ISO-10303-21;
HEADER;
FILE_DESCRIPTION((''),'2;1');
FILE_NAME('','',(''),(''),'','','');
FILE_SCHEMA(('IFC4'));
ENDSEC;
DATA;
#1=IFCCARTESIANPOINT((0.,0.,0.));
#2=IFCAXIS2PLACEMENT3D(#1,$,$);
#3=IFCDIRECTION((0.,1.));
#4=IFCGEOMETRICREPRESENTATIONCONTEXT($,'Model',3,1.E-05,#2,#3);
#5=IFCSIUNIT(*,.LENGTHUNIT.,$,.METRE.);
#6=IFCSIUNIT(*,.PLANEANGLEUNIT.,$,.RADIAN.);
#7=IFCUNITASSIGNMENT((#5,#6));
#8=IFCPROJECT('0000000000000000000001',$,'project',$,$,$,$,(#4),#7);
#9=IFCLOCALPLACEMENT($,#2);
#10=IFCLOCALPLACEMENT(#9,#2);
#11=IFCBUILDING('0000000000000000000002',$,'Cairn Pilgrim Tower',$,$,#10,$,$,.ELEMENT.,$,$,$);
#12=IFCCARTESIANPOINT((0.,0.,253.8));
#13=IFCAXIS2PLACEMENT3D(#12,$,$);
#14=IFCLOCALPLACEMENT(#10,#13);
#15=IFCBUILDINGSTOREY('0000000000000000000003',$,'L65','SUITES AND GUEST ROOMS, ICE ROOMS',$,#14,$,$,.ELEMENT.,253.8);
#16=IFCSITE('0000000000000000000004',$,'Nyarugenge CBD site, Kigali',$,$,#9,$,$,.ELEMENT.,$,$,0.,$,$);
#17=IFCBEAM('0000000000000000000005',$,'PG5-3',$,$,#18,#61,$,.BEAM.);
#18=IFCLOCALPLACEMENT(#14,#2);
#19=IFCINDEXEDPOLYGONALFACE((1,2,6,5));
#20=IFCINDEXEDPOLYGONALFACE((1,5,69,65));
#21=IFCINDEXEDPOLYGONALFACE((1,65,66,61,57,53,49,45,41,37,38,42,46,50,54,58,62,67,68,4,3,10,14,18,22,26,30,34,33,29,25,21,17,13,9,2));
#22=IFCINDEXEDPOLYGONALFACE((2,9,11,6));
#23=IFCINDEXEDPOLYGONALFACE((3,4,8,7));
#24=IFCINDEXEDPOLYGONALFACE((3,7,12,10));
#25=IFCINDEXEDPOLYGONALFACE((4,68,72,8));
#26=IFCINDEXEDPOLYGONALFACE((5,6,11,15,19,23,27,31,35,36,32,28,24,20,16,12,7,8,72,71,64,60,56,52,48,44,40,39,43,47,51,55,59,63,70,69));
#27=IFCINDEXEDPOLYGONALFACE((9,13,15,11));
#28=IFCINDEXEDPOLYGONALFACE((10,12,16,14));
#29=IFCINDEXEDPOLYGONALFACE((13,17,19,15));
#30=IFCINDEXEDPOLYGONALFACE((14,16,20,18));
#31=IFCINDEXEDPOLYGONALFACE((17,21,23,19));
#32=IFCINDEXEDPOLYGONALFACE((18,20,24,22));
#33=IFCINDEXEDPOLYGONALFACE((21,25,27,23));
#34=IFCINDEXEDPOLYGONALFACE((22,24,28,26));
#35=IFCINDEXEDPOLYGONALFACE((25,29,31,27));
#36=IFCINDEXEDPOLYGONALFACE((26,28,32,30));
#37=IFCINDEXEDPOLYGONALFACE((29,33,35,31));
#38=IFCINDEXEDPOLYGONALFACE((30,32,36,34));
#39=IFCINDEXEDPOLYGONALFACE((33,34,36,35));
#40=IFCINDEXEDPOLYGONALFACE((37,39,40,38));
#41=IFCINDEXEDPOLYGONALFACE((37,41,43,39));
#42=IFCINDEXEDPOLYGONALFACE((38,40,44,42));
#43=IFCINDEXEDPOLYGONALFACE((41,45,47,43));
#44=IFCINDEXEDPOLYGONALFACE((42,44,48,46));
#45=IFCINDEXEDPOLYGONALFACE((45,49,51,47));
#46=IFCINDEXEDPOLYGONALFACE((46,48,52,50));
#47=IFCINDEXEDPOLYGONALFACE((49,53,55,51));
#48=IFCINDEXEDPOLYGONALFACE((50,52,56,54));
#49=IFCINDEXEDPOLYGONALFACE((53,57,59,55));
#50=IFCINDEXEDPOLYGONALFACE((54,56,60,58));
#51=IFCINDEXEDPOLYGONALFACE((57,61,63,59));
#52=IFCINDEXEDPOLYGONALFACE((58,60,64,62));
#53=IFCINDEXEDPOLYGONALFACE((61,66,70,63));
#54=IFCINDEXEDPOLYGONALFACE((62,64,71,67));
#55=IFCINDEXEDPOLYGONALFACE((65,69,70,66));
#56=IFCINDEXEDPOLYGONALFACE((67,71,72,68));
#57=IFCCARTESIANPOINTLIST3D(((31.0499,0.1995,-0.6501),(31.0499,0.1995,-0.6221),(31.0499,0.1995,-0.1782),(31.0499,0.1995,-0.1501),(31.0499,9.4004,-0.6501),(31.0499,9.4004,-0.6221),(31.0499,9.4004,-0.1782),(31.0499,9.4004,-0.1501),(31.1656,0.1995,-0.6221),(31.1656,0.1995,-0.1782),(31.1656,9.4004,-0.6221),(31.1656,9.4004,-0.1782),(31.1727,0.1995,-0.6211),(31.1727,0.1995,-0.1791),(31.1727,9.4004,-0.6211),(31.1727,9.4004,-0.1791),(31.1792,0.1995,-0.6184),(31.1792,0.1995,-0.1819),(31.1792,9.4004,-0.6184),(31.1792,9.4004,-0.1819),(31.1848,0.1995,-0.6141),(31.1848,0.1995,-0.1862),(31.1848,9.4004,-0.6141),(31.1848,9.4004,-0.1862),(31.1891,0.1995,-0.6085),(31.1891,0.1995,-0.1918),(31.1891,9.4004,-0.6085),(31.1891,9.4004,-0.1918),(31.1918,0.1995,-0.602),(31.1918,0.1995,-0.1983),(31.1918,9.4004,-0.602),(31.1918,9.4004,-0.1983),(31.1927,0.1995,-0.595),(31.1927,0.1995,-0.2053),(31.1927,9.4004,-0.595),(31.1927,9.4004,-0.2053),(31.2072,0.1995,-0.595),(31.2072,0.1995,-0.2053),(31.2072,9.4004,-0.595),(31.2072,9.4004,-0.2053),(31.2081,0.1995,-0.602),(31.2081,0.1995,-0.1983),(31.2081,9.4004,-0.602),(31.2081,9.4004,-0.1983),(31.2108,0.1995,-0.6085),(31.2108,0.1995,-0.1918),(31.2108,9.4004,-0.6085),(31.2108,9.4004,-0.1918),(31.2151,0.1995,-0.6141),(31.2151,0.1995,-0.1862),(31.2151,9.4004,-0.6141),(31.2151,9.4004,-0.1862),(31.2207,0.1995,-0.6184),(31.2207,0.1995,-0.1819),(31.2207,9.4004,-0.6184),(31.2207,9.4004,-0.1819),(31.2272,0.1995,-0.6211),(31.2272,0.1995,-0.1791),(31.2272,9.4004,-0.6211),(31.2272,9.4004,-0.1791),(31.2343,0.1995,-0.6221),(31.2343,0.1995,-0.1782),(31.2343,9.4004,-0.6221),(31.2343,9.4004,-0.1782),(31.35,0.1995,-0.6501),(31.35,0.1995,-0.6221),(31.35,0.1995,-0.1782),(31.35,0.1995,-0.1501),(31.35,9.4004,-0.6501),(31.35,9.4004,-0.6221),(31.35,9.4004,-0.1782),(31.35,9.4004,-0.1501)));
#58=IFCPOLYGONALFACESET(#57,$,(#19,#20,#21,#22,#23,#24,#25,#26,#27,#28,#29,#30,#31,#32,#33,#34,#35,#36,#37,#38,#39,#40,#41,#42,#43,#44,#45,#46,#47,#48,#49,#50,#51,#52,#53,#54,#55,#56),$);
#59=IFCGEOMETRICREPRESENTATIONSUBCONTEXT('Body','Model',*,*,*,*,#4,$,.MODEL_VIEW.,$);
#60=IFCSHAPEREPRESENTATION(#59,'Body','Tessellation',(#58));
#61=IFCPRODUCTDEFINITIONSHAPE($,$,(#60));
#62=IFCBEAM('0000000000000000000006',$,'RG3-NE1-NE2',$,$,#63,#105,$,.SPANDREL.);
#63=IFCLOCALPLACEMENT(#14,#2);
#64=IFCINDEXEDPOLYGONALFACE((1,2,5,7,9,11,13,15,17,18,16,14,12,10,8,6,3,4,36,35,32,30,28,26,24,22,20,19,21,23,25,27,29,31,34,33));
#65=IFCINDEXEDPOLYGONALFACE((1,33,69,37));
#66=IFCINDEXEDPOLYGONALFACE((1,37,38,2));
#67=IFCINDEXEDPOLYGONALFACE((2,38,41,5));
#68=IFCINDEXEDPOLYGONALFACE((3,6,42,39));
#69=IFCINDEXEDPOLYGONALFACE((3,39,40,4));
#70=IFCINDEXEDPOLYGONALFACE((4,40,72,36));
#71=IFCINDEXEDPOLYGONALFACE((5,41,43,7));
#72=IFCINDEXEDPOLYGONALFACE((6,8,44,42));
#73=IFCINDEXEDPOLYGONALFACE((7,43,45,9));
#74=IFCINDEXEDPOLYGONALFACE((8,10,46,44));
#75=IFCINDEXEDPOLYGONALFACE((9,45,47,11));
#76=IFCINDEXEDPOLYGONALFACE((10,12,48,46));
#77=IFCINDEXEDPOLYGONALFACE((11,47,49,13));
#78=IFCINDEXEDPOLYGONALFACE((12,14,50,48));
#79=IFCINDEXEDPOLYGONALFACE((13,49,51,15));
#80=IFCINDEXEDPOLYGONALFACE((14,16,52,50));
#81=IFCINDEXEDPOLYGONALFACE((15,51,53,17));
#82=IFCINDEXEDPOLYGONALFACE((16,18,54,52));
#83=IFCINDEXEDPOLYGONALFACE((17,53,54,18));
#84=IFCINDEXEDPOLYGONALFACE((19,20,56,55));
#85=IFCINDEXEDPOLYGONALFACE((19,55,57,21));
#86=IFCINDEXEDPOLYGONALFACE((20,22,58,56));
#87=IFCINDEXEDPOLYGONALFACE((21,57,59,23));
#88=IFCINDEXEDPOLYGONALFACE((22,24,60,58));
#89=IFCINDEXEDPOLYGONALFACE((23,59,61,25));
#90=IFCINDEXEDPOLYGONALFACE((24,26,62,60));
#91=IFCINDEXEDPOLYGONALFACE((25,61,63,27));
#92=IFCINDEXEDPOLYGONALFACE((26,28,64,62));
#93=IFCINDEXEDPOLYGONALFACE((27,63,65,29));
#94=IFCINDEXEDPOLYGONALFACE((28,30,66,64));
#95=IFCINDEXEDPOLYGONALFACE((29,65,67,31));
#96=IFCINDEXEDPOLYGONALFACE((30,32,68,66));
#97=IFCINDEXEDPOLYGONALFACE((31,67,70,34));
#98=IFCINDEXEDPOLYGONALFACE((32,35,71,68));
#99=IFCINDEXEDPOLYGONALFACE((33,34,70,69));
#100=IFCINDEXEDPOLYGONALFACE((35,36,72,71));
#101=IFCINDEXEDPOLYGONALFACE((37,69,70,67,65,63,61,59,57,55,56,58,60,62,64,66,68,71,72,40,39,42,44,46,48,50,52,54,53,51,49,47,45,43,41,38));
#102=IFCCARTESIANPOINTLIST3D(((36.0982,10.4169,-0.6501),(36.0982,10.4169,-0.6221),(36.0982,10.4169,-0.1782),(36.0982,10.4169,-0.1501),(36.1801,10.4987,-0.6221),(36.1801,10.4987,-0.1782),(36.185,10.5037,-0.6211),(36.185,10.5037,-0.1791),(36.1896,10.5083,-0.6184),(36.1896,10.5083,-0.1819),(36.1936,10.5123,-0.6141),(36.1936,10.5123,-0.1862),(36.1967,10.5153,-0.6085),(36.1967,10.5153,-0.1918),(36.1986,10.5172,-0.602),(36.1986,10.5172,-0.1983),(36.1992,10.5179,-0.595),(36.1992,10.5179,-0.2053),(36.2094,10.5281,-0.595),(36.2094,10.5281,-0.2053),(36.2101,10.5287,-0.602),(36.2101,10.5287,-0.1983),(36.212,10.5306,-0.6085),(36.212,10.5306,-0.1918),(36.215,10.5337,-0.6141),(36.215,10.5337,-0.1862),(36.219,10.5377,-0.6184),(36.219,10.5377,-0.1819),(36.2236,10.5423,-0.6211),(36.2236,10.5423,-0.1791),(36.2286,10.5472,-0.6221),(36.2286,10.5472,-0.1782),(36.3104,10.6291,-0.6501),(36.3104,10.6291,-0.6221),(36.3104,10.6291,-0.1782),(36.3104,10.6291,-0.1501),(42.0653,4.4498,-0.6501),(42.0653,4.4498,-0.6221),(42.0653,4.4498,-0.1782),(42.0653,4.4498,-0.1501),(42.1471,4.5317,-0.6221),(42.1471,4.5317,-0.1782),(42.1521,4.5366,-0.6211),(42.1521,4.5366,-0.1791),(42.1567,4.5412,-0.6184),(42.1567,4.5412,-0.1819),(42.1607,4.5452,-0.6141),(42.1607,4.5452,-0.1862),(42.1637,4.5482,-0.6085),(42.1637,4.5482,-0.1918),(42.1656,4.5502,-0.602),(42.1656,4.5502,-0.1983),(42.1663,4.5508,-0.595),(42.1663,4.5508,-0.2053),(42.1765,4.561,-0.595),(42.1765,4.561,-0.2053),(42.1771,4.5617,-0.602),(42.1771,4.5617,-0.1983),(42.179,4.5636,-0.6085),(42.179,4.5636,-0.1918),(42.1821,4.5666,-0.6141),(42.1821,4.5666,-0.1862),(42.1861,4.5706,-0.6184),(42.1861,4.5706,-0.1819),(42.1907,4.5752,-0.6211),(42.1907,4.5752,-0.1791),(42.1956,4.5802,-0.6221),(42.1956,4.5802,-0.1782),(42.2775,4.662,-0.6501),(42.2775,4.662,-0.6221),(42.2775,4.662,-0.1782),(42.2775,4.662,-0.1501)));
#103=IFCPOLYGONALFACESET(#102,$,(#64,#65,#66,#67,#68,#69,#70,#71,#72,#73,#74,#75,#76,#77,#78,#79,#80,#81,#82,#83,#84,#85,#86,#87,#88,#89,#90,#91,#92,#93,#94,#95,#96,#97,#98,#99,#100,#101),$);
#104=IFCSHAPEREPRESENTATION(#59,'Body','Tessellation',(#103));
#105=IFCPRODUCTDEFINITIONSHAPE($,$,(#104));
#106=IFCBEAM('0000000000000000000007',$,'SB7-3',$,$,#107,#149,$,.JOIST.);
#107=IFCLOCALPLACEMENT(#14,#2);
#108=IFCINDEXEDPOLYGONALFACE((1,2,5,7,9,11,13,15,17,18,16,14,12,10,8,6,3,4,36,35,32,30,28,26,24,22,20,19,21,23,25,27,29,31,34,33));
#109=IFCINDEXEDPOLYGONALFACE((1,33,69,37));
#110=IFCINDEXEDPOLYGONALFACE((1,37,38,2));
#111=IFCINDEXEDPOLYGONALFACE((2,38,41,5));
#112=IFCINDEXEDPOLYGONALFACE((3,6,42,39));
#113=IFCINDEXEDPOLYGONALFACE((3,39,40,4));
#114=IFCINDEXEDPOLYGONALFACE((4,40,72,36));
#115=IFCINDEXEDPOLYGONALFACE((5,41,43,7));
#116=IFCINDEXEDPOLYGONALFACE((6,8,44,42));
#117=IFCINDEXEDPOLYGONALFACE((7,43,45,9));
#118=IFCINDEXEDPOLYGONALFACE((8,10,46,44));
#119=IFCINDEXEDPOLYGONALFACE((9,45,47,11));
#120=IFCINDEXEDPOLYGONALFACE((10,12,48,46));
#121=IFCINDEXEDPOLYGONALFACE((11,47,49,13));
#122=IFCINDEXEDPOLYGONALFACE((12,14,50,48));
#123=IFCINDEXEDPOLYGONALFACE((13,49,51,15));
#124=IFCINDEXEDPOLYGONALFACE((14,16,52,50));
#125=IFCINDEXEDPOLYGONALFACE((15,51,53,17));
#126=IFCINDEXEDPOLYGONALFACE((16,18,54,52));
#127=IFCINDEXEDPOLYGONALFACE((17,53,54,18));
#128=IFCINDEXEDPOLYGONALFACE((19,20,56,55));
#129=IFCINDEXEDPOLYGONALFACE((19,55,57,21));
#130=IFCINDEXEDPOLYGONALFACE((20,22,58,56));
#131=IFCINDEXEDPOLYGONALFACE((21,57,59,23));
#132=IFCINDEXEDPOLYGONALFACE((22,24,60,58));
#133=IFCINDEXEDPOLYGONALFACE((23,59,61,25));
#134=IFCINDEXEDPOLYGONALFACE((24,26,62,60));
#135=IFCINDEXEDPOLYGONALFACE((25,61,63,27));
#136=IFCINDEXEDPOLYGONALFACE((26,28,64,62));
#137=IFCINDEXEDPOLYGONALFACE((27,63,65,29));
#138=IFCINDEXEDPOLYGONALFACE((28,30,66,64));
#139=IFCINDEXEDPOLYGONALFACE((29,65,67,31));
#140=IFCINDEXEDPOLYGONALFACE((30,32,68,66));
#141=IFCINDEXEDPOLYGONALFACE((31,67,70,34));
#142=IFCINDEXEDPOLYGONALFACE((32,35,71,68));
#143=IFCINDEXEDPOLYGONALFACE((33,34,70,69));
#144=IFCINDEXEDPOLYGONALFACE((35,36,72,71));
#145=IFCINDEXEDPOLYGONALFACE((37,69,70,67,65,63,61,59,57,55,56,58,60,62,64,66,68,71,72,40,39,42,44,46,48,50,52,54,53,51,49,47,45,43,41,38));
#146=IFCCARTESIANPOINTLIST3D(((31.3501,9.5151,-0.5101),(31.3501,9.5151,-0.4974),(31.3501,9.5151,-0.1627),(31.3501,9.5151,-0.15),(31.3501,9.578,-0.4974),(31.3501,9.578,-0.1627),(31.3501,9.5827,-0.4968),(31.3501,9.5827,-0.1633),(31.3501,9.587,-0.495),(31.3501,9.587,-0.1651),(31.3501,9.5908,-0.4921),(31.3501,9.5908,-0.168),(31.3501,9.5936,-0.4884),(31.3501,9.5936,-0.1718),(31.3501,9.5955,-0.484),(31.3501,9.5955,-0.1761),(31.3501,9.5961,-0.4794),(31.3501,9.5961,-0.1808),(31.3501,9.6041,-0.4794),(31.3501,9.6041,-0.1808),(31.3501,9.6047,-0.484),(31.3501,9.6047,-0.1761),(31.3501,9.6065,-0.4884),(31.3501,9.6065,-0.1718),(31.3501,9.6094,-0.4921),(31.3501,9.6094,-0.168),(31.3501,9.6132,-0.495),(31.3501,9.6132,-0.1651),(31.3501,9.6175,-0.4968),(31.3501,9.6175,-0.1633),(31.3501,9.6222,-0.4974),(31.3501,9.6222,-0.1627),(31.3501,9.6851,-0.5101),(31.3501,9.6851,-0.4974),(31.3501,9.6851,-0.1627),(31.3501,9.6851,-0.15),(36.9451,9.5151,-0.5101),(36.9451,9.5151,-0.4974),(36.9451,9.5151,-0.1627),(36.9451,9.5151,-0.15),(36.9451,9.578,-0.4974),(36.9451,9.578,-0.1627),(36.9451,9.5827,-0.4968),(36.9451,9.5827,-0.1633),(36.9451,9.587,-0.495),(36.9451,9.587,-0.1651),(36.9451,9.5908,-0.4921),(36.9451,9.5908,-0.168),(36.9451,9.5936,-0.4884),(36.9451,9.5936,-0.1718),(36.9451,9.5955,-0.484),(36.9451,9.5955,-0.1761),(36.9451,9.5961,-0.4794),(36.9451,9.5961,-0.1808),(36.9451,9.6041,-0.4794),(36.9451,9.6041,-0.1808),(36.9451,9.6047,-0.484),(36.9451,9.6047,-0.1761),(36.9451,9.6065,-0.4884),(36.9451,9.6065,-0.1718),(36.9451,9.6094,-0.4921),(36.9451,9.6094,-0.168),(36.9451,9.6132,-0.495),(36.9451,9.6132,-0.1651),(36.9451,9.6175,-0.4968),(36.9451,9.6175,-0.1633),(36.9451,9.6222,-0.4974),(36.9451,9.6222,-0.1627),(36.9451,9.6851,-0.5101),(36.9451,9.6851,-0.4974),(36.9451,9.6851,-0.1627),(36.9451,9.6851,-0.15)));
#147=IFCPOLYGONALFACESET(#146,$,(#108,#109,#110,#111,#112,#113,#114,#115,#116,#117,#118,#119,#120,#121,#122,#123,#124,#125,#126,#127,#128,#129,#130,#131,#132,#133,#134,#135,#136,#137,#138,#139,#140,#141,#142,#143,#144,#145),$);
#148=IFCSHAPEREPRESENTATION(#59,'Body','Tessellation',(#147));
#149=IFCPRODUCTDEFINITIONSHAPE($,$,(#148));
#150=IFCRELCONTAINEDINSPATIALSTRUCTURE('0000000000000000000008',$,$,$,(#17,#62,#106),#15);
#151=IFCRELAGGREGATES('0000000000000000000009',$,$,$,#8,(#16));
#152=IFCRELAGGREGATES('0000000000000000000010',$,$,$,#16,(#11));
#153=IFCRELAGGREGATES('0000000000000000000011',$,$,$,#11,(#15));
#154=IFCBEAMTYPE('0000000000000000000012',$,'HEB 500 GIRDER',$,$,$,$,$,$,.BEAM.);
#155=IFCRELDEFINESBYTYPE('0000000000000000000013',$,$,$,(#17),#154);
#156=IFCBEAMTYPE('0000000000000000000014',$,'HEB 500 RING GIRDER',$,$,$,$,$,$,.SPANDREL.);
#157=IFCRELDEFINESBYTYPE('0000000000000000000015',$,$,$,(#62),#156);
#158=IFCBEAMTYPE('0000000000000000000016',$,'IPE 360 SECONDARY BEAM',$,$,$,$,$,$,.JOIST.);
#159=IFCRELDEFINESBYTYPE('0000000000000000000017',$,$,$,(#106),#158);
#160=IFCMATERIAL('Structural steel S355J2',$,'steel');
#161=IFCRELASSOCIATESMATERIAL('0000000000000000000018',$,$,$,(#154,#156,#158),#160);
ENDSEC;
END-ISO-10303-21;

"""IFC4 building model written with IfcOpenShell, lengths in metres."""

from ifc_helpers import new_model, si_unit, direction, frame, origin, origin_2d, place, context, subcontext, project, spatial, i_section, extrude, material, material_profile, profile_set, type_object, element, save


model = new_model("IFC4")

# Units and contexts
model_context = context("Model", 3, precision=1e-05, world=origin(), true_north=direction((0.0, 1.0)))
body_context = subcontext(model_context, "Body", "Model", "MODEL_VIEW")
ifc_project = project(units=[si_unit("LENGTHUNIT", "METRE"), si_unit("PLANEANGLEUNIT", "RADIAN")], contexts=[model_context])

# Site, building, storey
site_placement = place(None, origin())
site = spatial("IfcSite", under=ifc_project, at=site_placement, Name="Nyarugenge CBD site, Kigali", CompositionType="ELEMENT", RefElevation=0.0)
building_placement = place(site_placement, origin())
building = spatial("IfcBuilding", under=site, at=building_placement, Name="Cairn Pilgrim Tower", CompositionType="ELEMENT")
storey_placement = place(building_placement, frame((0.0, 0.0, 253.8)))
storey = spatial("IfcBuildingStorey", under=building, at=storey_placement, Name="L65", Description="SUITES AND GUEST ROOMS, ICE ROOMS", CompositionType="ELEMENT", Elevation=253.8)

# Shared definitions
ifc_material_1 = material(Name="Structural steel S355J2", Category="steel")

# Beams
ifc_material_profile_1 = material_profile(ifc_material_1, i_section(OverallWidth=0.3, OverallDepth=0.5, WebThickness=0.0144, FlangeThickness=0.0281, FilletRadius=0.0271, at=origin_2d()), Name="HEB 500")
ifc_profile_set_1 = profile_set([ifc_material_profile_1], Name="Structural steel S355J2")
beam_type_1 = type_object("IfcBeamType", Name="HEB 500 GIRDER", PredefinedType="BEAM", material=ifc_profile_set_1)
beam_1_placement = place(storey_placement, frame((31.2, 0.1995, -0.4001), z_axis=(0.0, 1.0, 0.0), x_axis=(-1.0, 0.0, 0.0)))
element("IfcBeam", 1, at=beam_1_placement, inside=storey, type_object=beam_type_1, Name="PG5-3", PredefinedType="BEAM", context=body_context, shape_type="SweptSolid", body=[
    extrude(i_section(OverallWidth=0.3, OverallDepth=0.5, WebThickness=0.0144, FlangeThickness=0.0281, FilletRadius=0.0271, at=origin_2d()), origin(), (0.0, 0.0, 1.0), 9.2009),
])
ifc_material_profile_2 = material_profile(ifc_material_1, i_section(OverallWidth=0.3, OverallDepth=0.5, WebThickness=0.0144, FlangeThickness=0.0281, FilletRadius=0.0271, at=origin_2d()), Name="HEB 500")
ifc_profile_set_2 = profile_set([ifc_material_profile_2], Name="Structural steel S355J2")
beam_type_2 = type_object("IfcBeamType", Name="HEB 500 RING GIRDER", PredefinedType="SPANDREL", material=ifc_profile_set_2)
beam_2_placement = place(storey_placement, frame((42.1714, 4.5559, -0.4001), z_axis=(-0.707107, 0.707107, 0.0), x_axis=(-0.707107, -0.707107, 0.0)))
element("IfcBeam", 2, at=beam_2_placement, inside=storey, type_object=beam_type_2, Name="RG3-NE1-NE2", PredefinedType="SPANDREL", context=body_context, shape_type="SweptSolid", body=[
    extrude(i_section(OverallWidth=0.3, OverallDepth=0.5, WebThickness=0.0144, FlangeThickness=0.0281, FilletRadius=0.0271, at=origin_2d()), origin(), (0.0, 0.0, 1.0), 8.4387),
])
ifc_material_profile_3 = material_profile(ifc_material_1, i_section(OverallWidth=0.1699, OverallDepth=0.3601, WebThickness=0.0081, FlangeThickness=0.0127, FilletRadius=0.0181, at=origin_2d()), Name="IPE 360")
ifc_profile_set_3 = profile_set([ifc_material_profile_3], Name="Structural steel S355J2")
beam_type_3 = type_object("IfcBeamType", Name="IPE 360 SECONDARY BEAM", PredefinedType="JOIST", material=ifc_profile_set_3)
beam_3_placement = place(storey_placement, frame((31.3501, 9.6001, -0.3301), z_axis=(1.0, 0.0, 0.0), x_axis=(0.0, 1.0, 0.0)))
element("IfcBeam", 3, at=beam_3_placement, inside=storey, type_object=beam_type_3, Name="SB7-3", PredefinedType="JOIST", context=body_context, shape_type="SweptSolid", body=[
    extrude(i_section(OverallWidth=0.1699, OverallDepth=0.3601, WebThickness=0.0081, FlangeThickness=0.0127, FilletRadius=0.0181, at=origin_2d()), origin(), (0.0, 0.0, 1.0), 5.595),
])

save(model, "model.ifc")
